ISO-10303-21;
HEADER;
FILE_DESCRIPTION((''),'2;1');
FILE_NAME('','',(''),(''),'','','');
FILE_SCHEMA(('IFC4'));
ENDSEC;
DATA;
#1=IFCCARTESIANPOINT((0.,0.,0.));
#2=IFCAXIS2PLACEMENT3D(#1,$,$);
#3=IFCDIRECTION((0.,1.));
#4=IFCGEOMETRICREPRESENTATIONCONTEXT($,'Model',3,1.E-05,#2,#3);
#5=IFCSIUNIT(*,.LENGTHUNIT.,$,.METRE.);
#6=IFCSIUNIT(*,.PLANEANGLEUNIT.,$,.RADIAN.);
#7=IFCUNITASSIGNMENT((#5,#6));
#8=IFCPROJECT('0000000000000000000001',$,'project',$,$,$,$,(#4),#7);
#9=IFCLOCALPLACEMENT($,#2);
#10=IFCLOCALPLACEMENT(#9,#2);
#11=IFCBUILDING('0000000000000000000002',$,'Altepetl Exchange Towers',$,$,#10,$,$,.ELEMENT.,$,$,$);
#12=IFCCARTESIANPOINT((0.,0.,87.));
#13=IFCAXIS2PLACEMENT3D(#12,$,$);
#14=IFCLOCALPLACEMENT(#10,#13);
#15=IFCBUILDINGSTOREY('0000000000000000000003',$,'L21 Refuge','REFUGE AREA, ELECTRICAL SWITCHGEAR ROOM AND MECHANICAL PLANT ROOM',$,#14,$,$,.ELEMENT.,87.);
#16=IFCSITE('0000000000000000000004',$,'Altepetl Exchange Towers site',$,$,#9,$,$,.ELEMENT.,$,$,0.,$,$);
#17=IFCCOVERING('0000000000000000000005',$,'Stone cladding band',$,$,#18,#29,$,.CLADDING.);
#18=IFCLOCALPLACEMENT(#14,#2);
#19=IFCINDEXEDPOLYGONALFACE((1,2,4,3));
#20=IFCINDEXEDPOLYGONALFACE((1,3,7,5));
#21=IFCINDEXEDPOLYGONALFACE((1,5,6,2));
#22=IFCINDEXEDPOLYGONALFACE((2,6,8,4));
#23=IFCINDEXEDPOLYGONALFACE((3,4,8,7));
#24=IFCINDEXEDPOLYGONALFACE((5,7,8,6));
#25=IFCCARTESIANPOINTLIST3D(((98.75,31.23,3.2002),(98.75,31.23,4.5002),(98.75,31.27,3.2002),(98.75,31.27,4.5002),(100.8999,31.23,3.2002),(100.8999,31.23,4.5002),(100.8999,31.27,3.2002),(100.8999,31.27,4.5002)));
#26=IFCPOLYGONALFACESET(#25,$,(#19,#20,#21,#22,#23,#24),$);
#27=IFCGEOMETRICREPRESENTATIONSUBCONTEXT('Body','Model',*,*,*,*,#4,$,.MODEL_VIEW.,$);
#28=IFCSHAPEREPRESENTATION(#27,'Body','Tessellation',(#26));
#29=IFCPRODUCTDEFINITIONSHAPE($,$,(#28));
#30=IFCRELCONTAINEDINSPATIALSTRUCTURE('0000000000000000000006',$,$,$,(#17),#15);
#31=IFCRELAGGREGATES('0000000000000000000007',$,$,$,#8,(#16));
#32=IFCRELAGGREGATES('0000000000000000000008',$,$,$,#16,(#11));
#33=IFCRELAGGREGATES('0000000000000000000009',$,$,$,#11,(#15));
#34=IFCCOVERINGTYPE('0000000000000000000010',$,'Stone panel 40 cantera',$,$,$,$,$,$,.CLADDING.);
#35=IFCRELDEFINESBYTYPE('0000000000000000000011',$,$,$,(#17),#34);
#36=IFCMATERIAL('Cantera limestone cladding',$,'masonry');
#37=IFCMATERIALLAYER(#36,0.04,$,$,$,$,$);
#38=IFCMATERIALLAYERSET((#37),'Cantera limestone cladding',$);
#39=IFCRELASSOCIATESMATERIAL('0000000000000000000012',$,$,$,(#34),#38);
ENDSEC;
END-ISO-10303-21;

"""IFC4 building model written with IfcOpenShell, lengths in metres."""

from ifc_helpers import new_model, si_unit, direction, frame, origin, origin_2d, place, context, subcontext, project, spatial, rectangle, extrude, material, layer, layer_set, type_object, element, save


model = new_model("IFC4")

# Units and contexts
model_context = context("Model", 3, precision=1e-05, world=origin(), true_north=direction((0.0, 1.0)))
body_context = subcontext(model_context, "Body", "Model", "MODEL_VIEW")
ifc_project = project(units=[si_unit("LENGTHUNIT", "METRE"), si_unit("PLANEANGLEUNIT", "RADIAN")], contexts=[model_context])

# Site, building, storey
site_placement = place(None, origin())
site = spatial("IfcSite", under=ifc_project, at=site_placement, Name="Altepetl Exchange Towers site", CompositionType="ELEMENT", RefElevation=0.0)
building_placement = place(site_placement, origin())
building = spatial("IfcBuilding", under=site, at=building_placement, Name="Altepetl Exchange Towers", CompositionType="ELEMENT")
storey_placement = place(building_placement, frame((0.0, 0.0, 87.0)))
storey = spatial("IfcBuildingStorey", under=building, at=storey_placement, Name="L21 Refuge", Description="REFUGE AREA, ELECTRICAL SWITCHGEAR ROOM AND MECHANICAL PLANT ROOM", CompositionType="ELEMENT", Elevation=87.0)

# Shared definitions
ifc_material_1 = material(Name="Cantera limestone cladding", Category="masonry")

# Covering
ifc_layer_1 = layer(ifc_material_1, 0.04)
ifc_layer_set_1 = layer_set([ifc_layer_1], Name="Cantera limestone cladding")
covering_type = type_object("IfcCoveringType", Name="Stone panel 40 cantera", PredefinedType="CLADDING", material=ifc_layer_set_1)
covering_1_placement = place(storey_placement, frame((99.825, 31.25, 3.2002)))
element("IfcCovering", 1, at=covering_1_placement, inside=storey, type_object=covering_type, Name="Stone cladding band", PredefinedType="CLADDING", context=body_context, shape_type="SweptSolid", body=[
    extrude(rectangle(XDim=2.1499, YDim=0.04, at=origin_2d()), origin(), (0.0, 0.0, 1.0), 1.3),
])

save(model, "model.ifc")
